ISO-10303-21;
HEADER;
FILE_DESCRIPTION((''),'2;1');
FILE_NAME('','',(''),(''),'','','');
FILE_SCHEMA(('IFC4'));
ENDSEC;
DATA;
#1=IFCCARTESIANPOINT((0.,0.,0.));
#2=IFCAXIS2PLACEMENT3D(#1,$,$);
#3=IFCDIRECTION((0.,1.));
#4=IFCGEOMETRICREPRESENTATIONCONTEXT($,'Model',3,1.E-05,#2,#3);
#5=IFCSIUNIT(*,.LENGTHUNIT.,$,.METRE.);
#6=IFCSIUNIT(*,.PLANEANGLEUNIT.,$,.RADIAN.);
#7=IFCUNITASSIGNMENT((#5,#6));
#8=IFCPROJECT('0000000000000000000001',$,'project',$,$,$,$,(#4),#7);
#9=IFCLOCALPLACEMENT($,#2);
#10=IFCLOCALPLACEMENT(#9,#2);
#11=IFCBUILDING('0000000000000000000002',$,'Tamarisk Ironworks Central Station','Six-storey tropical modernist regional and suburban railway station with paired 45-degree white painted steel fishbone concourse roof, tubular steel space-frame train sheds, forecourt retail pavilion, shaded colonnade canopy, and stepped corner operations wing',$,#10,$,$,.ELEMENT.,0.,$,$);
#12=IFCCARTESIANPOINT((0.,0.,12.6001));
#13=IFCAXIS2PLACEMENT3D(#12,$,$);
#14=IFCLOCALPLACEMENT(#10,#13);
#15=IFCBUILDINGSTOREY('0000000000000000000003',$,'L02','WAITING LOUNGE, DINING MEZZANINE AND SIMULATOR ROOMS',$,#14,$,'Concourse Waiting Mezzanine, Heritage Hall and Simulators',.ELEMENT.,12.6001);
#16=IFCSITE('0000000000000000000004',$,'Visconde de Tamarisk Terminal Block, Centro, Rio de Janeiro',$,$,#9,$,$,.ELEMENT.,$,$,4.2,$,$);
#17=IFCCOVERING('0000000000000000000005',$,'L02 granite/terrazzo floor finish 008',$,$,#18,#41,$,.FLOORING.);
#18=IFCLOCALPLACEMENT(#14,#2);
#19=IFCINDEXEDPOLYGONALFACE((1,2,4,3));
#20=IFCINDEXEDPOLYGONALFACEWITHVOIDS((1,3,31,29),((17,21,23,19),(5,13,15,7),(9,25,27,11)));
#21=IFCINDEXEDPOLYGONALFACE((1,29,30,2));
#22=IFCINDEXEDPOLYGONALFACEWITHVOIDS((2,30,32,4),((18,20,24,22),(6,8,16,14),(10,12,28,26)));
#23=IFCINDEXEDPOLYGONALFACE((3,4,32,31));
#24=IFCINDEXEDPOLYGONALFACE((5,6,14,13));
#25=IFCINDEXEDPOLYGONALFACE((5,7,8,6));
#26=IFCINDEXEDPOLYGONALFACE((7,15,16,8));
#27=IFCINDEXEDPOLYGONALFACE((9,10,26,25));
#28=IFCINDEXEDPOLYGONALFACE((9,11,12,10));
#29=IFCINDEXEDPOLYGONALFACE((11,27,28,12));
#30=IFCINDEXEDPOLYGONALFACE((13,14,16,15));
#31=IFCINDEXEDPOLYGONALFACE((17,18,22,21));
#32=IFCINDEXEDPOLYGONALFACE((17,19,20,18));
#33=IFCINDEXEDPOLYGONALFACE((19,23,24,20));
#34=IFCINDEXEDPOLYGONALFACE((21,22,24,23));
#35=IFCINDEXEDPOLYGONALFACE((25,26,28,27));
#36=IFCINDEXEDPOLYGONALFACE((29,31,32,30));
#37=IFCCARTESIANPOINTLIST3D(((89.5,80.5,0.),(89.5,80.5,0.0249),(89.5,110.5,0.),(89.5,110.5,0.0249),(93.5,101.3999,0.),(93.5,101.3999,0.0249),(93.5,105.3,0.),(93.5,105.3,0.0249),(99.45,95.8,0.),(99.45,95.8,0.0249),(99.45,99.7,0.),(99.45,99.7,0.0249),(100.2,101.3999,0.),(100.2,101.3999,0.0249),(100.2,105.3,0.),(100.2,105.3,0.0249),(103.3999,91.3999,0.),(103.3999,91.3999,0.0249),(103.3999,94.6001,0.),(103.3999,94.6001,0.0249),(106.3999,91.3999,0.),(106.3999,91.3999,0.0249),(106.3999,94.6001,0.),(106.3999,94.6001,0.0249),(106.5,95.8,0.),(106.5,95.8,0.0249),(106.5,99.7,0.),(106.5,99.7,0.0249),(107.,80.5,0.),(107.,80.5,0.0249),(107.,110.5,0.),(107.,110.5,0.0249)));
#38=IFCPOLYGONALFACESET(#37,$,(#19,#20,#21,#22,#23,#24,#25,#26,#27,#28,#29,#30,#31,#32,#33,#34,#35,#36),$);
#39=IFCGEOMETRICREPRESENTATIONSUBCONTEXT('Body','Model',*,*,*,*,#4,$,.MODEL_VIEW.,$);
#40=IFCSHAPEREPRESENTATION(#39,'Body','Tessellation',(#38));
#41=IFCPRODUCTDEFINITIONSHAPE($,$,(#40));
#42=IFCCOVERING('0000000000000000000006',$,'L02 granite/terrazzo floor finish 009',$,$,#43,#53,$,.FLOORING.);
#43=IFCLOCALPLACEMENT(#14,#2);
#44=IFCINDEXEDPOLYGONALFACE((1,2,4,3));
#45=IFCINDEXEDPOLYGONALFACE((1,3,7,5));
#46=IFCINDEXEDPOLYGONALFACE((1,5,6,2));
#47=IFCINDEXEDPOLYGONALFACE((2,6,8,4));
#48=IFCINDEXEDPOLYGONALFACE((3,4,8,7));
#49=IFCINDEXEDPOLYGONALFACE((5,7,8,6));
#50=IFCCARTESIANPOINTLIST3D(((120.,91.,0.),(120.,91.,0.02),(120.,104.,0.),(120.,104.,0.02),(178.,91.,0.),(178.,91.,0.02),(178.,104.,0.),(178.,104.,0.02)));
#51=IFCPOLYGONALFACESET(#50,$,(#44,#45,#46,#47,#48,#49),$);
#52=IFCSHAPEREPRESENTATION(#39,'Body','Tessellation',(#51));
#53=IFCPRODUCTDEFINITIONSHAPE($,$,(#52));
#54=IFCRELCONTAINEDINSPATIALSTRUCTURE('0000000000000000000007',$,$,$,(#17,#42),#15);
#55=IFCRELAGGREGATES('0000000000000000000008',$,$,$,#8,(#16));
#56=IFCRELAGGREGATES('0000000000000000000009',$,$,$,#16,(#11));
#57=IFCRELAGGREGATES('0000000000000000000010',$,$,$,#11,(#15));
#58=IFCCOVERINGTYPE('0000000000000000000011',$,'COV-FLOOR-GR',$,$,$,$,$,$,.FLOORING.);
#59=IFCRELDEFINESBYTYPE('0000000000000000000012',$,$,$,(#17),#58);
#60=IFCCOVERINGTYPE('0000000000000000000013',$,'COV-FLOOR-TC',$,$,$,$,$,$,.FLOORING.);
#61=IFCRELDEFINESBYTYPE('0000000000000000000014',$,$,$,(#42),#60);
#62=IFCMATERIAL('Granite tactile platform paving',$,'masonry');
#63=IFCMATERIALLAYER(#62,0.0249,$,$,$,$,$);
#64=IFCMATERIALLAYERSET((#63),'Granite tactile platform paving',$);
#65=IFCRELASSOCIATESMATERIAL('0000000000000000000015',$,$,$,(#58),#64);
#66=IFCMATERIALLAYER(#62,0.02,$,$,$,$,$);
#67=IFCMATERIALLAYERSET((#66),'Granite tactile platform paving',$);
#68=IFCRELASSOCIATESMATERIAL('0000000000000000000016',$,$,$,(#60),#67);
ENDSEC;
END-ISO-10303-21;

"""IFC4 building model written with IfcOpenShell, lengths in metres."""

from ifc_helpers import new_model, si_unit, direction, frame, origin, place, context, subcontext, project, spatial, polyline, outline, extrude, material, layer, layer_set, type_object, element, save


model = new_model("IFC4")

# Units and contexts
model_context = context("Model", 3, precision=1e-05, world=origin(), true_north=direction((0.0, 1.0)))
body_context = subcontext(model_context, "Body", "Model", "MODEL_VIEW")
ifc_project = project(units=[si_unit("LENGTHUNIT", "METRE"), si_unit("PLANEANGLEUNIT", "RADIAN")], contexts=[model_context])

# Site, building, storey
site_placement = place(None, origin())
site = spatial("IfcSite", under=ifc_project, at=site_placement, Name="Visconde de Tamarisk Terminal Block, Centro, Rio de Janeiro", CompositionType="ELEMENT", RefElevation=4.2)
building_placement = place(site_placement, origin())
building = spatial("IfcBuilding", under=site, at=building_placement, Name="Tamarisk Ironworks Central Station", Description="Six-storey tropical modernist regional and suburban railway station with paired 45-degree white painted steel fishbone concourse roof, tubular steel space-frame train sheds, forecourt retail pavilion, shaded colonnade canopy, and stepped corner operations wing", CompositionType="ELEMENT", ElevationOfRefHeight=0.0)
storey_placement = place(building_placement, frame((0.0, 0.0, 12.6001)))
storey = spatial("IfcBuildingStorey", under=building, at=storey_placement, Name="L02", Description="WAITING LOUNGE, DINING MEZZANINE AND SIMULATOR ROOMS", LongName="Concourse Waiting Mezzanine, Heritage Hall and Simulators", CompositionType="ELEMENT", Elevation=12.6001)

# Coverings
ifc_material_1 = material(Name="Granite tactile platform paving", Category="masonry")
ifc_layer_1 = layer(ifc_material_1, 0.0249)
ifc_layer_set_1 = layer_set([ifc_layer_1], Name="Granite tactile platform paving")
covering_type_1 = type_object("IfcCoveringType", Name="COV-FLOOR-GR", PredefinedType="FLOORING", material=ifc_layer_set_1)
covering_1_placement = place(storey_placement, origin())
element("IfcCovering", 1, at=covering_1_placement, inside=storey, type_object=covering_type_1, Name="L02 granite/terrazzo floor finish 008", PredefinedType="FLOORING", context=body_context, shape_type="SweptSolid", body=[
    extrude(outline(polyline([(89.5, 80.5), (107.0, 80.5), (107.0, 110.5), (89.5, 110.5), (89.5, 80.5)]), holes=[polyline([(99.45, 95.8), (106.5, 95.8), (106.5, 99.7), (99.45, 99.7), (99.45, 95.8)]), polyline([(93.5, 101.3999), (100.2, 101.3999), (100.2, 105.3), (93.5, 105.3), (93.5, 101.3999)]), polyline([(103.3999, 91.3999), (106.3999, 91.3999), (106.3999, 94.6001), (103.3999, 94.6001), (103.3999, 91.3999)])]), origin(), (0.0, 0.0, 1.0), 0.0249),
])
ifc_layer_2 = layer(ifc_material_1, 0.02)
ifc_layer_set_2 = layer_set([ifc_layer_2], Name="Granite tactile platform paving")
covering_type_2 = type_object("IfcCoveringType", Name="COV-FLOOR-TC", PredefinedType="FLOORING", material=ifc_layer_set_2)
covering_2_placement = place(storey_placement, origin())
element("IfcCovering", 2, at=covering_2_placement, inside=storey, type_object=covering_type_2, Name="L02 granite/terrazzo floor finish 009", PredefinedType="FLOORING", context=body_context, shape_type="SweptSolid", body=[
    extrude(outline(polyline([(120.0, 91.0), (178.0, 91.0), (178.0, 104.0), (120.0, 104.0), (120.0, 91.0)])), origin(), (0.0, 0.0, 1.0), 0.02),
])

save(model, "model.ifc")
